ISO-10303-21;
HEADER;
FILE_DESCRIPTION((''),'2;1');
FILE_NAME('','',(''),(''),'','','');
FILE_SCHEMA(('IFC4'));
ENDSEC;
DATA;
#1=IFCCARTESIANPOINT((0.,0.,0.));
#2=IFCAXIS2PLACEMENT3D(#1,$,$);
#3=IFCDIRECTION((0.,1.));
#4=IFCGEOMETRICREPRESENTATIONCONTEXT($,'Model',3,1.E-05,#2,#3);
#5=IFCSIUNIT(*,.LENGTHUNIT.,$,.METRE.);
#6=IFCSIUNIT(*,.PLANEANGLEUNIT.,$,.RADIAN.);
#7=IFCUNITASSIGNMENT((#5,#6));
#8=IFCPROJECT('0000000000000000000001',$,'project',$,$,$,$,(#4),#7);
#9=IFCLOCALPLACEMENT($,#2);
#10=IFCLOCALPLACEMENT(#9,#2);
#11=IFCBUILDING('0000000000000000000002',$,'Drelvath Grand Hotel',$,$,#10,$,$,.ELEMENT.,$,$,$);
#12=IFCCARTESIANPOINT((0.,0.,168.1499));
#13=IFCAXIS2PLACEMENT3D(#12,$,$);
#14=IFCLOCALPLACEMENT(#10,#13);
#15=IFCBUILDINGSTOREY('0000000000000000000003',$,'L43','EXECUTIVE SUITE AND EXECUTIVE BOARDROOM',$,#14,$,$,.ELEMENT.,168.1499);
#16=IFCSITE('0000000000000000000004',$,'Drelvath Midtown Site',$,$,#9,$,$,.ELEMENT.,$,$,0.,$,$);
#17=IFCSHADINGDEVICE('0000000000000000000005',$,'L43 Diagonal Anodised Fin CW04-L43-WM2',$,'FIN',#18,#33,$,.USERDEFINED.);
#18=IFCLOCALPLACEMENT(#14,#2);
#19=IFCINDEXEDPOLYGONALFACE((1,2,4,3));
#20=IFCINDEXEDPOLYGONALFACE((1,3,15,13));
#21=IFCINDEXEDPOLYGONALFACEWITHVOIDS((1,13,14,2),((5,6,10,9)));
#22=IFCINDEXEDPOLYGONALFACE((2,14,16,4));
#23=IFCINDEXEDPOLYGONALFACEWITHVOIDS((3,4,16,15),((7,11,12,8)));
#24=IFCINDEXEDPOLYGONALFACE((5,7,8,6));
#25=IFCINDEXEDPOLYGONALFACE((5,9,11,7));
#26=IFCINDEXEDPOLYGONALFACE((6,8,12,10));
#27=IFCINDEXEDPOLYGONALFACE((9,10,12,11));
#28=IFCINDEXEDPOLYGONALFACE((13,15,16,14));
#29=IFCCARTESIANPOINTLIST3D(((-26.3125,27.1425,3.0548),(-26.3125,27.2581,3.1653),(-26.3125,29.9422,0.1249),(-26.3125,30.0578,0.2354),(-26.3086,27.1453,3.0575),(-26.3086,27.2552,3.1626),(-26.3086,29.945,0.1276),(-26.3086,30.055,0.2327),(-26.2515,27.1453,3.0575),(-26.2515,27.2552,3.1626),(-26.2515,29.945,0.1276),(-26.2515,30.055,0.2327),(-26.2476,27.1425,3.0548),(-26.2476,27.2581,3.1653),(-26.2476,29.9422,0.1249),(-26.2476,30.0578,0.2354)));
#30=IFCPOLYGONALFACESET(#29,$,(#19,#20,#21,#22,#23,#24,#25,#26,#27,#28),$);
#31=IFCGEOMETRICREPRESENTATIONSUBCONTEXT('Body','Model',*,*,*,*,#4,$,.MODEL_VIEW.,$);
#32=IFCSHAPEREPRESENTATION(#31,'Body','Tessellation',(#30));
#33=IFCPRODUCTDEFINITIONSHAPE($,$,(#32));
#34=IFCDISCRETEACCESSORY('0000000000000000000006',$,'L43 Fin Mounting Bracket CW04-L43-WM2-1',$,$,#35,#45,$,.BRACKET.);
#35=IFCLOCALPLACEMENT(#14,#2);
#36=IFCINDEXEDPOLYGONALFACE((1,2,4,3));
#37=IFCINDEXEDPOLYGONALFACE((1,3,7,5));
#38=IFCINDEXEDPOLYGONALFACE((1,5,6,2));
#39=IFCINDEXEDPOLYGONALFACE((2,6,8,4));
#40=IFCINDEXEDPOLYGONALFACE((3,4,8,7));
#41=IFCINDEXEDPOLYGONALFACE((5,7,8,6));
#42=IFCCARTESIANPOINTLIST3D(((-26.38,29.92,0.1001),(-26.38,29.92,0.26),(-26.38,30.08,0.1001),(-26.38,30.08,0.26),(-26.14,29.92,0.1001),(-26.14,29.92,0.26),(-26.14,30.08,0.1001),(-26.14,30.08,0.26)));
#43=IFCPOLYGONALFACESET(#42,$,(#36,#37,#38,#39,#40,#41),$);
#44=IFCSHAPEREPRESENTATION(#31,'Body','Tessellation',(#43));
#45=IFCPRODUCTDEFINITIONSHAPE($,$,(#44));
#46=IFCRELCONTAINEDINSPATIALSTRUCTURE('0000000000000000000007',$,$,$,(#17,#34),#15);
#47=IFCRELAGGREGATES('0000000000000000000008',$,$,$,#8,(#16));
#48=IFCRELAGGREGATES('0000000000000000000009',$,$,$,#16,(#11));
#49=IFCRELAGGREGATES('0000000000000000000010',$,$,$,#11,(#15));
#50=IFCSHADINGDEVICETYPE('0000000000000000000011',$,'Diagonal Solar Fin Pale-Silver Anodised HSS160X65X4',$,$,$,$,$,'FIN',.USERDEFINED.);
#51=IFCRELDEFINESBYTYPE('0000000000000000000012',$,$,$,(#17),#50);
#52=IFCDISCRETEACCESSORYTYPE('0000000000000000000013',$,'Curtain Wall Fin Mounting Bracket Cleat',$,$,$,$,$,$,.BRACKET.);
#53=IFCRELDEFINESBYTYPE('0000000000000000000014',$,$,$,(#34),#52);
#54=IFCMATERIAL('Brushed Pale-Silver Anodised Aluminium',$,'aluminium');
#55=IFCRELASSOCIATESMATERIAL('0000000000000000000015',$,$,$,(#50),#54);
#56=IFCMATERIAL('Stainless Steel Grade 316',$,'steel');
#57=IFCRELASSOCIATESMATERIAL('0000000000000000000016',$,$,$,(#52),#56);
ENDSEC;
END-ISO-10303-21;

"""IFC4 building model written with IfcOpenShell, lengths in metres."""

from ifc_helpers import new_model, si_unit, direction, frame, origin, origin_2d, place, context, subcontext, project, spatial, rectangle, hollow_rectangle, extrude, material, material_profile, profile_set, type_object, element, save


model = new_model("IFC4")

# Units and contexts
model_context = context("Model", 3, precision=1e-05, world=origin(), true_north=direction((0.0, 1.0)))
body_context = subcontext(model_context, "Body", "Model", "MODEL_VIEW")
ifc_project = project(units=[si_unit("LENGTHUNIT", "METRE"), si_unit("PLANEANGLEUNIT", "RADIAN")], contexts=[model_context])

# Site, building, storey
site_placement = place(None, origin())
site = spatial("IfcSite", under=ifc_project, at=site_placement, Name="Drelvath Midtown Site", CompositionType="ELEMENT", RefElevation=0.0)
building_placement = place(site_placement, origin())
building = spatial("IfcBuilding", under=site, at=building_placement, Name="Drelvath Grand Hotel", CompositionType="ELEMENT")
storey_placement = place(building_placement, frame((0.0, 0.0, 168.1499)))
storey = spatial("IfcBuildingStorey", under=building, at=storey_placement, Name="L43", Description="EXECUTIVE SUITE AND EXECUTIVE BOARDROOM", CompositionType="ELEMENT", Elevation=168.1499)

# Shading device
ifc_material_1 = material(Name="Brushed Pale-Silver Anodised Aluminium", Category="aluminium")
ifc_material_profile_1 = material_profile(ifc_material_1, hollow_rectangle(XDim=0.0649, YDim=0.1599, WallThickness=0.0039, at=origin_2d()), Name="HSS160X65X4")
ifc_profile_set_1 = profile_set([ifc_material_profile_1], Name="Brushed Pale-Silver Anodised Aluminium")
shading_device_type = type_object("IfcShadingDeviceType", Name="Diagonal Solar Fin Pale-Silver Anodised HSS160X65X4", ElementType="FIN", PredefinedType="USERDEFINED", material=ifc_profile_set_1)
shading_device_placement = place(storey_placement, frame((-26.28, 30.0, 0.1802), z_axis=(0.0, -0.69087, 0.722979), x_axis=(1.0, 0.0, 0.0)))
element("IfcShadingDevice", 1, at=shading_device_placement, inside=storey, type_object=shading_device_type, Name="L43 Diagonal Anodised Fin CW04-L43-WM2", ObjectType="FIN", PredefinedType="USERDEFINED", context=body_context, shape_type="SweptSolid", body=[
    extrude(hollow_rectangle(XDim=0.0649, YDim=0.1599, WallThickness=0.0039, at=origin_2d()), origin(), (0.0, 0.0, 1.0), 4.0525),
])

# Discrete accessory
ifc_material_2 = material(Name="Stainless Steel Grade 316", Category="steel")
discrete_accessory_type = type_object("IfcDiscreteAccessoryType", Name="Curtain Wall Fin Mounting Bracket Cleat", PredefinedType="BRACKET", material=ifc_material_2)
discrete_accessory_placement = place(storey_placement, frame((-26.26, 30.0, 0.1001), z_axis=(0.0, 0.0, 1.0), x_axis=(0.0, 1.0, 0.0)))
element("IfcDiscreteAccessory", 2, at=discrete_accessory_placement, inside=storey, type_object=discrete_accessory_type, Name="L43 Fin Mounting Bracket CW04-L43-WM2-1", PredefinedType="BRACKET", context=body_context, shape_type="SweptSolid", body=[
    extrude(rectangle(XDim=0.1599, YDim=0.24, at=origin_2d()), origin(), (0.0, 0.0, 1.0), 0.1599),
])

save(model, "model.ifc")
